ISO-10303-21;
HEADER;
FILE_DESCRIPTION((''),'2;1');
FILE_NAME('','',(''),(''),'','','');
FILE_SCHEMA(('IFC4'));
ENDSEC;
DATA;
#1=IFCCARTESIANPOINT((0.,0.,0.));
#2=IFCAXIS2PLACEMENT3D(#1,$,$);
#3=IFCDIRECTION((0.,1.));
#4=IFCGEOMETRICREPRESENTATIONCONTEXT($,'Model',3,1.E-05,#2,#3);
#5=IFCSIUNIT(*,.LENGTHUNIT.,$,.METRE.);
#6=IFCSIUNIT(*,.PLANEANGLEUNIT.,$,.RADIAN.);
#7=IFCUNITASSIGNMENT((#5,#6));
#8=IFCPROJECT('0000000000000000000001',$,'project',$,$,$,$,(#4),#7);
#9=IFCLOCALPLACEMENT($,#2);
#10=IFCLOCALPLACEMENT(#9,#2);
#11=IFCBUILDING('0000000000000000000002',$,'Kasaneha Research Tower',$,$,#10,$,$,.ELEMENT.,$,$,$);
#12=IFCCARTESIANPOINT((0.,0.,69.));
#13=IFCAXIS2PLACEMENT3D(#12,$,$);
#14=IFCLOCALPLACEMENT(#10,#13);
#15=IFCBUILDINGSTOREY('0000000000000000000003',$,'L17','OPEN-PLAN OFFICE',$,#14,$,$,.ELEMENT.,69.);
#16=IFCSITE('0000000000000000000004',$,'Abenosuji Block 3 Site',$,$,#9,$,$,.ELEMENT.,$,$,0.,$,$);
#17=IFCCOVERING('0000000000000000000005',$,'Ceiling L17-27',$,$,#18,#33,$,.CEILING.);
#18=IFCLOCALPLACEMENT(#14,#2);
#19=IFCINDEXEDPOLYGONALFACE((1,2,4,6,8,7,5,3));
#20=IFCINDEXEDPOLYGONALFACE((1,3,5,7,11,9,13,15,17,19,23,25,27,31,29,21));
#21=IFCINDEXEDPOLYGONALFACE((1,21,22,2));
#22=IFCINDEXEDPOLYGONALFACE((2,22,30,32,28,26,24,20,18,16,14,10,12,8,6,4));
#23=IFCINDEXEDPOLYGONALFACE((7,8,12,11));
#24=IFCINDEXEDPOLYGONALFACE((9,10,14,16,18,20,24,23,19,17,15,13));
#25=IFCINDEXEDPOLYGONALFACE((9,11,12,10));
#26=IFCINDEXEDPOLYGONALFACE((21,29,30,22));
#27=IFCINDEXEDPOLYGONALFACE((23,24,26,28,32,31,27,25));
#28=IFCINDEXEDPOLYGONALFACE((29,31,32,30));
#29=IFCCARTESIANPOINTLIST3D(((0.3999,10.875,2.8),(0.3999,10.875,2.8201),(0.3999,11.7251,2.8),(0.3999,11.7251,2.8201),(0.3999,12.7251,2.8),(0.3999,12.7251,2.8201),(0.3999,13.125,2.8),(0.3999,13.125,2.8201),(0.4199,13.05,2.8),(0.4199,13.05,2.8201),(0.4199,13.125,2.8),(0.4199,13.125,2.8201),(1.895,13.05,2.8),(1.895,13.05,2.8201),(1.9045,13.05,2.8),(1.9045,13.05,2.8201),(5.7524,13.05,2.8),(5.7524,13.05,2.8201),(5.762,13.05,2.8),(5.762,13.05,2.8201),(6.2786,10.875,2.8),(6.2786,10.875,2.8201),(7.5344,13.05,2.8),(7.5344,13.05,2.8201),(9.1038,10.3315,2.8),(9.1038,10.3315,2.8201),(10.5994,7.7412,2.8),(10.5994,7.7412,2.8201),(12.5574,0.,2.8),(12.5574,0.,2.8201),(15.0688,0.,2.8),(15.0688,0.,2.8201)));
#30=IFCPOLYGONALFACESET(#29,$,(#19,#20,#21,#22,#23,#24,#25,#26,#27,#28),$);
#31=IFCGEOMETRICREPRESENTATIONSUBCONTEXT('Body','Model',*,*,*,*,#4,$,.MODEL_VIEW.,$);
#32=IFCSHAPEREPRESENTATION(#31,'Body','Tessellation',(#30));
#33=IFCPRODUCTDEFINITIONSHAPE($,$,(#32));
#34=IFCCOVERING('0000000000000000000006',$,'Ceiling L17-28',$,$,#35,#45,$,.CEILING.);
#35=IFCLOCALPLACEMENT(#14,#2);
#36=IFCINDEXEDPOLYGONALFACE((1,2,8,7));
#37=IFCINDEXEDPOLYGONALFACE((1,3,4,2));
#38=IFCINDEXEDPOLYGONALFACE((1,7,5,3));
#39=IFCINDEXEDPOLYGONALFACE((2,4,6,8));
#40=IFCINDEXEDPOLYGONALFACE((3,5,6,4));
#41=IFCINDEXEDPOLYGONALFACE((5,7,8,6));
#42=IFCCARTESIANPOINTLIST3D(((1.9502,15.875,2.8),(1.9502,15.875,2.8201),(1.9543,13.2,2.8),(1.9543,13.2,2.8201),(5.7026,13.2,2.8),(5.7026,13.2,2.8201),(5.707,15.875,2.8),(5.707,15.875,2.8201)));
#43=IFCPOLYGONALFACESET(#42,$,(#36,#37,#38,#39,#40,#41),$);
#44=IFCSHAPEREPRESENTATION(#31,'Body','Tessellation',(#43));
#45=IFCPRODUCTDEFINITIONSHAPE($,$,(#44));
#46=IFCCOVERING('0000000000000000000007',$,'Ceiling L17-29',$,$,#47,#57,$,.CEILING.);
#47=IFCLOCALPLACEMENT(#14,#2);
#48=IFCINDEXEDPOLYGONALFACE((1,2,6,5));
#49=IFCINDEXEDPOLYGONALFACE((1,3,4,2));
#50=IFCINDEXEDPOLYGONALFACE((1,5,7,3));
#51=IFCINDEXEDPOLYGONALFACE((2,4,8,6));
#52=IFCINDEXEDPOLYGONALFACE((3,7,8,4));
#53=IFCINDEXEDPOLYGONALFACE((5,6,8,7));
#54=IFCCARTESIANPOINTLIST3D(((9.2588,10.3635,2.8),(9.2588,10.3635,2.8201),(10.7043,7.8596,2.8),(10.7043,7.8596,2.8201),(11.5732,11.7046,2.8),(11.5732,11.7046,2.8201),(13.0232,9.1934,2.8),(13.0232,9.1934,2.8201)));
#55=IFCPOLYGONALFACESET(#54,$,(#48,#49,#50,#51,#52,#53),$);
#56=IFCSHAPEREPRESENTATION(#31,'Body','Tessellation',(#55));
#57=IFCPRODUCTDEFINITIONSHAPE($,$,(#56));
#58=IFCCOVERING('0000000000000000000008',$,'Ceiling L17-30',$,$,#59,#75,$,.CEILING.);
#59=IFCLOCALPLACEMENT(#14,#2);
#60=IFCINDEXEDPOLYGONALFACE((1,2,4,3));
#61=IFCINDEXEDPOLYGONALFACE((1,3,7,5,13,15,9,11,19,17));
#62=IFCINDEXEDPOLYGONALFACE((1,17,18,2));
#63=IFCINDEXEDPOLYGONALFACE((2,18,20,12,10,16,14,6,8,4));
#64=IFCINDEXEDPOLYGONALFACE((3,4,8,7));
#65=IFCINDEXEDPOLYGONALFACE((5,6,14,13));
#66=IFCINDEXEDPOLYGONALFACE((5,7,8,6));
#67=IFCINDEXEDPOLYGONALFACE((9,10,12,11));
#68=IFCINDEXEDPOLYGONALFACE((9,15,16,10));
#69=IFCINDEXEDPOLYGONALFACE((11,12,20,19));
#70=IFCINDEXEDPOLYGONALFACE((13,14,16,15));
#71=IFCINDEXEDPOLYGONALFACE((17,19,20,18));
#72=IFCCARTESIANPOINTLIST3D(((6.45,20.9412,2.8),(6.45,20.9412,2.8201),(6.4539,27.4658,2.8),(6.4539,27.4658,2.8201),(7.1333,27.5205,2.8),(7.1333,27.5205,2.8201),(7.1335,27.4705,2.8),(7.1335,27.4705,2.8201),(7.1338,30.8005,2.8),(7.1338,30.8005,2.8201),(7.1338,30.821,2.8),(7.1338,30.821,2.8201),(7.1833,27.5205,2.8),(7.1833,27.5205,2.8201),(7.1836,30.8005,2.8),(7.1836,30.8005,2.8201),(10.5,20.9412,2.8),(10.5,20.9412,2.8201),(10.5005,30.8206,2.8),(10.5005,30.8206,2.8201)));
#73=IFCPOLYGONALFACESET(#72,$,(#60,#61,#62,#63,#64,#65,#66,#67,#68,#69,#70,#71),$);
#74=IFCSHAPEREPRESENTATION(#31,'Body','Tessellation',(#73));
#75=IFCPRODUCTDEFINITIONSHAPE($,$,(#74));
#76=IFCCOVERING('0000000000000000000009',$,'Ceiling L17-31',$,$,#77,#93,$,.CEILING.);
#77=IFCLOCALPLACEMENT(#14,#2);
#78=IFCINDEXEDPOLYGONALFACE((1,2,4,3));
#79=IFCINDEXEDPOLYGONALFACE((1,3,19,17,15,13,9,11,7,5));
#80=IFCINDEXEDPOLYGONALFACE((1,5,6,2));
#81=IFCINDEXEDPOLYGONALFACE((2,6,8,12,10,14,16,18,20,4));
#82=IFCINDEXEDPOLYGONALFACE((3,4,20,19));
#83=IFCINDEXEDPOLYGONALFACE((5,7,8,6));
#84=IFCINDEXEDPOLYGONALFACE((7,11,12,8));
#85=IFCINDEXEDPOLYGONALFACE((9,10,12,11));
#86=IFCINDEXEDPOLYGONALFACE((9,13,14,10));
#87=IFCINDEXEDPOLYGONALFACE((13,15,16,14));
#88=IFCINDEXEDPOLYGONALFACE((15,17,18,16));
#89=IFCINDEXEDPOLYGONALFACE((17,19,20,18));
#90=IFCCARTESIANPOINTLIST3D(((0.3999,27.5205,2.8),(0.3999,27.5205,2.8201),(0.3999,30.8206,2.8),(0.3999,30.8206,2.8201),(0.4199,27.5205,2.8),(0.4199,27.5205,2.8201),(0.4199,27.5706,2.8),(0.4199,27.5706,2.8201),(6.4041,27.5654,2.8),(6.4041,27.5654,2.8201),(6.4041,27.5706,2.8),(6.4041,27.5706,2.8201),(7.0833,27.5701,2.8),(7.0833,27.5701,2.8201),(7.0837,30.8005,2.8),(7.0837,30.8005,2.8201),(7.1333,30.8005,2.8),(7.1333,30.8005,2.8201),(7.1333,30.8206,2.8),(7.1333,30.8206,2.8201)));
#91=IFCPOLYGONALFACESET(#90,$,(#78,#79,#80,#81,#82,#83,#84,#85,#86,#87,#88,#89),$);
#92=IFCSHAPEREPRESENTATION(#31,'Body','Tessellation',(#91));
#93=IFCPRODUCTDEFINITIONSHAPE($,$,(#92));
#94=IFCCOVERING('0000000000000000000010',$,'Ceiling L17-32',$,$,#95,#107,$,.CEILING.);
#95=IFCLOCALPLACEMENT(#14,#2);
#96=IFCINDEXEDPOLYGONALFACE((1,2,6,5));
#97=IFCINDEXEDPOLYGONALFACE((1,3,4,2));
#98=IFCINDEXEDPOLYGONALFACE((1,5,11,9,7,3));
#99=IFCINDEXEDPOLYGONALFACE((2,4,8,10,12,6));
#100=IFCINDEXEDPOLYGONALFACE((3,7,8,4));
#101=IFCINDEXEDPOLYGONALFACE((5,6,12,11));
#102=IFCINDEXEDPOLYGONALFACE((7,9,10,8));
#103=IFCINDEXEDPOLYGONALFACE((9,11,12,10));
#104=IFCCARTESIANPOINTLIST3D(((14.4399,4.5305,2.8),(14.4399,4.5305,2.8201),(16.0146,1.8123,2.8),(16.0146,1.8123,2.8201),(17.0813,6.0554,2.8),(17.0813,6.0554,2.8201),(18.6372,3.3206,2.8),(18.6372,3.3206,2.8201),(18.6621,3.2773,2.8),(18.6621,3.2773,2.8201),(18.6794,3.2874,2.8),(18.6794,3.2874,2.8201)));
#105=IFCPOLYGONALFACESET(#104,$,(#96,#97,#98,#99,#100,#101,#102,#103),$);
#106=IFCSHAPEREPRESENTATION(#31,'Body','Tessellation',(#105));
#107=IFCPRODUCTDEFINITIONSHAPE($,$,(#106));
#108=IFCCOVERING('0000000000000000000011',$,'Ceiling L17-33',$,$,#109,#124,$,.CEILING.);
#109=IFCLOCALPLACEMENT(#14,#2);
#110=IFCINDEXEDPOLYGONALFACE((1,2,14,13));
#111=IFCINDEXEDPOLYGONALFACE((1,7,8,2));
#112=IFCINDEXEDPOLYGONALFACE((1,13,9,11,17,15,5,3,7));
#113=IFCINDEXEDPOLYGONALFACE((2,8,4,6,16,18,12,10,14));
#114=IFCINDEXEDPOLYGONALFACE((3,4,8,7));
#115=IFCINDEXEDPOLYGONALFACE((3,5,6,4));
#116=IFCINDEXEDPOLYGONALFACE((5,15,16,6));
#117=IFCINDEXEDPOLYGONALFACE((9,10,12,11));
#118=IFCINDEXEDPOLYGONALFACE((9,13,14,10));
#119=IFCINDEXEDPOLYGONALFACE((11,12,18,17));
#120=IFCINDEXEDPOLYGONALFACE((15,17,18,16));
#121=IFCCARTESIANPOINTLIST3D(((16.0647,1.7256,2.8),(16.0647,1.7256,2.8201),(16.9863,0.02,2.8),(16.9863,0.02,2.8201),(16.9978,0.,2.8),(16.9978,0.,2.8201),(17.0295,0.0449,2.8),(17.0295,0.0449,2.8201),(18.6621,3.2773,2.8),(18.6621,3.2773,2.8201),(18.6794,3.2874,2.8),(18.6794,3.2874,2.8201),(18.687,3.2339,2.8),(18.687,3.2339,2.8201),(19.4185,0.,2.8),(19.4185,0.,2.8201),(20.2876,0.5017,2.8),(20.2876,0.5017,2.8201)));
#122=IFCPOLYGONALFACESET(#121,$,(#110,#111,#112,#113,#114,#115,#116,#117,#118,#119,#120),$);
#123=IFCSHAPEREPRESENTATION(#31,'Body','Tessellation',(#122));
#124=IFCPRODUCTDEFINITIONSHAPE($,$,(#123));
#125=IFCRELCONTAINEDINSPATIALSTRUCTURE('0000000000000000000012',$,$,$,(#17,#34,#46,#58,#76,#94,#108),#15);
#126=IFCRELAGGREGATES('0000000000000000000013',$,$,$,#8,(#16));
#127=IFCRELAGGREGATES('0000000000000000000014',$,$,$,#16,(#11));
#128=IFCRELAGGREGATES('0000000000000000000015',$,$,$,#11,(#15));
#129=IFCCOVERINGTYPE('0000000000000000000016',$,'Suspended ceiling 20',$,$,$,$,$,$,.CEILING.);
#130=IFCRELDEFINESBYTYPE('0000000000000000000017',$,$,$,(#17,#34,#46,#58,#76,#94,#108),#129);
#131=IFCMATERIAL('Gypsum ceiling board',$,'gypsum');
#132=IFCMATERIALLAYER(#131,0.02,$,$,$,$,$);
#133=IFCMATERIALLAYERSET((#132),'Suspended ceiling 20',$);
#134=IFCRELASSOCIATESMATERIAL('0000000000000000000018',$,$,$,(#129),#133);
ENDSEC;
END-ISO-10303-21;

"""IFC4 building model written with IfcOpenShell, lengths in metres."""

from ifc_helpers import new_model, si_unit, direction, frame, origin, place, context, subcontext, project, spatial, polyline, outline, extrude, material, layer, layer_set, type_object, element, save


model = new_model("IFC4")

# Units and contexts
model_context = context("Model", 3, precision=1e-05, world=origin(), true_north=direction((0.0, 1.0)))
body_context = subcontext(model_context, "Body", "Model", "MODEL_VIEW")
ifc_project = project(units=[si_unit("LENGTHUNIT", "METRE"), si_unit("PLANEANGLEUNIT", "RADIAN")], contexts=[model_context])

# Site, building, storey
site_placement = place(None, origin())
site = spatial("IfcSite", under=ifc_project, at=site_placement, Name="Abenosuji Block 3 Site", CompositionType="ELEMENT", RefElevation=0.0)
building_placement = place(site_placement, origin())
building = spatial("IfcBuilding", under=site, at=building_placement, Name="Kasaneha Research Tower", CompositionType="ELEMENT")
storey_placement = place(building_placement, frame((0.0, 0.0, 69.0)))
storey = spatial("IfcBuildingStorey", under=building, at=storey_placement, Name="L17", Description="OPEN-PLAN OFFICE", CompositionType="ELEMENT", Elevation=69.0)

# Coverings
ifc_material_1 = material(Name="Gypsum ceiling board", Category="gypsum")
ifc_layer_1 = layer(ifc_material_1, 0.02)
ifc_layer_set_1 = layer_set([ifc_layer_1], Name="Suspended ceiling 20")
covering_type_1 = type_object("IfcCoveringType", Name="Suspended ceiling 20", PredefinedType="CEILING", material=ifc_layer_set_1)
covering_1_placement = place(storey_placement, frame((0.0, 0.0, 2.8)))
element("IfcCovering", 1, at=covering_1_placement, inside=storey, type_object=covering_type_1, Name="Ceiling L17-27", PredefinedType="CEILING", context=body_context, shape_type="SweptSolid", body=[
    extrude(outline(polyline([(6.2786, 10.875), (0.3999, 10.875), (0.3999, 11.7251), (0.3999, 12.7251), (0.3999, 13.125), (0.4199, 13.125), (0.4199, 13.05), (1.895, 13.05), (1.9045, 13.05), (5.7524, 13.05), (5.762, 13.05), (7.5344, 13.05), (9.1038, 10.3315), (9.1038, 10.3315), (10.5994, 7.7412), (10.5994, 7.7412), (15.0688, 0.0), (12.5574, 0.0), (6.2786, 10.875)])), origin(), (0.0, 0.0, 1.0), 0.02),
])
covering_2_placement = place(storey_placement, frame((0.0, 0.0, 2.8)))
element("IfcCovering", 2, at=covering_2_placement, inside=storey, type_object=covering_type_1, Name="Ceiling L17-28", PredefinedType="CEILING", context=body_context, shape_type="SweptSolid", body=[
    extrude(outline(polyline([(1.9543, 13.2), (1.9502, 15.875), (5.707, 15.875), (5.7026, 13.2), (1.9543, 13.2)])), origin(), (0.0, 0.0, 1.0), 0.02),
])
covering_3_placement = place(storey_placement, frame((0.0, 0.0, 2.8)))
element("IfcCovering", 3, at=covering_3_placement, inside=storey, type_object=covering_type_1, Name="Ceiling L17-29", PredefinedType="CEILING", context=body_context, shape_type="SweptSolid", body=[
    extrude(outline(polyline([(11.5732, 11.7046), (13.0232, 9.1934), (10.7043, 7.8596), (9.2588, 10.3635), (11.5732, 11.7046)])), origin(), (0.0, 0.0, 1.0), 0.02),
])
covering_4_placement = place(storey_placement, frame((0.0, 0.0, 2.8)))
element("IfcCovering", 4, at=covering_4_placement, inside=storey, type_object=covering_type_1, Name="Ceiling L17-30", PredefinedType="CEILING", context=body_context, shape_type="SweptSolid", body=[
    extrude(outline(polyline([(7.1338, 30.821), (10.5005, 30.8206), (10.5, 20.8911), (10.5, 20.9412), (6.45, 20.9412), (6.4539, 27.4658), (7.1335, 27.4705), (7.1333, 27.5205), (7.1833, 27.5205), (7.1836, 30.8005), (7.1338, 30.8005), (7.1338, 30.821)])), origin(), (0.0, 0.0, 1.0), 0.02),
])
covering_5_placement = place(storey_placement, frame((0.0, 0.0, 2.8)))
element("IfcCovering", 5, at=covering_5_placement, inside=storey, type_object=covering_type_1, Name="Ceiling L17-31", PredefinedType="CEILING", context=body_context, shape_type="SweptSolid", body=[
    extrude(outline(polyline([(7.1333, 30.8206), (7.1333, 30.8005), (7.0837, 30.8005), (7.0833, 27.5701), (6.4041, 27.5654), (6.4041, 27.5706), (0.4199, 27.5706), (0.4199, 27.5205), (0.3999, 27.5205), (0.3999, 30.8206), (7.1333, 30.8206)])), origin(), (0.0, 0.0, 1.0), 0.02),
])
covering_6_placement = place(storey_placement, frame((0.0, 0.0, 2.8)))
element("IfcCovering", 6, at=covering_6_placement, inside=storey, type_object=covering_type_1, Name="Ceiling L17-32", PredefinedType="CEILING", context=body_context, shape_type="SweptSolid", body=[
    extrude(outline(polyline([(18.6794, 3.2874), (18.6621, 3.2773), (18.6372, 3.3206), (16.0146, 1.8123), (14.4399, 4.5305), (17.0813, 6.0554), (17.0562, 6.0989), (17.0562, 6.0989), (18.6794, 3.2874)])), origin(), (0.0, 0.0, 1.0), 0.02),
])
covering_7_placement = place(storey_placement, frame((0.0, 0.0, 2.8)))
element("IfcCovering", 7, at=covering_7_placement, inside=storey, type_object=covering_type_1, Name="Ceiling L17-33", PredefinedType="CEILING", context=body_context, shape_type="SweptSolid", body=[
    extrude(outline(polyline([(20.2876, 0.5017), (19.4185, 0.0), (16.9978, 0.0), (16.9863, 0.02), (17.0295, 0.0449), (16.0647, 1.7256), (18.687, 3.2339), (18.6621, 3.2773), (18.6794, 3.2874), (20.2876, 0.5017)])), origin(), (0.0, 0.0, 1.0), 0.02),
])

save(model, "model.ifc")
